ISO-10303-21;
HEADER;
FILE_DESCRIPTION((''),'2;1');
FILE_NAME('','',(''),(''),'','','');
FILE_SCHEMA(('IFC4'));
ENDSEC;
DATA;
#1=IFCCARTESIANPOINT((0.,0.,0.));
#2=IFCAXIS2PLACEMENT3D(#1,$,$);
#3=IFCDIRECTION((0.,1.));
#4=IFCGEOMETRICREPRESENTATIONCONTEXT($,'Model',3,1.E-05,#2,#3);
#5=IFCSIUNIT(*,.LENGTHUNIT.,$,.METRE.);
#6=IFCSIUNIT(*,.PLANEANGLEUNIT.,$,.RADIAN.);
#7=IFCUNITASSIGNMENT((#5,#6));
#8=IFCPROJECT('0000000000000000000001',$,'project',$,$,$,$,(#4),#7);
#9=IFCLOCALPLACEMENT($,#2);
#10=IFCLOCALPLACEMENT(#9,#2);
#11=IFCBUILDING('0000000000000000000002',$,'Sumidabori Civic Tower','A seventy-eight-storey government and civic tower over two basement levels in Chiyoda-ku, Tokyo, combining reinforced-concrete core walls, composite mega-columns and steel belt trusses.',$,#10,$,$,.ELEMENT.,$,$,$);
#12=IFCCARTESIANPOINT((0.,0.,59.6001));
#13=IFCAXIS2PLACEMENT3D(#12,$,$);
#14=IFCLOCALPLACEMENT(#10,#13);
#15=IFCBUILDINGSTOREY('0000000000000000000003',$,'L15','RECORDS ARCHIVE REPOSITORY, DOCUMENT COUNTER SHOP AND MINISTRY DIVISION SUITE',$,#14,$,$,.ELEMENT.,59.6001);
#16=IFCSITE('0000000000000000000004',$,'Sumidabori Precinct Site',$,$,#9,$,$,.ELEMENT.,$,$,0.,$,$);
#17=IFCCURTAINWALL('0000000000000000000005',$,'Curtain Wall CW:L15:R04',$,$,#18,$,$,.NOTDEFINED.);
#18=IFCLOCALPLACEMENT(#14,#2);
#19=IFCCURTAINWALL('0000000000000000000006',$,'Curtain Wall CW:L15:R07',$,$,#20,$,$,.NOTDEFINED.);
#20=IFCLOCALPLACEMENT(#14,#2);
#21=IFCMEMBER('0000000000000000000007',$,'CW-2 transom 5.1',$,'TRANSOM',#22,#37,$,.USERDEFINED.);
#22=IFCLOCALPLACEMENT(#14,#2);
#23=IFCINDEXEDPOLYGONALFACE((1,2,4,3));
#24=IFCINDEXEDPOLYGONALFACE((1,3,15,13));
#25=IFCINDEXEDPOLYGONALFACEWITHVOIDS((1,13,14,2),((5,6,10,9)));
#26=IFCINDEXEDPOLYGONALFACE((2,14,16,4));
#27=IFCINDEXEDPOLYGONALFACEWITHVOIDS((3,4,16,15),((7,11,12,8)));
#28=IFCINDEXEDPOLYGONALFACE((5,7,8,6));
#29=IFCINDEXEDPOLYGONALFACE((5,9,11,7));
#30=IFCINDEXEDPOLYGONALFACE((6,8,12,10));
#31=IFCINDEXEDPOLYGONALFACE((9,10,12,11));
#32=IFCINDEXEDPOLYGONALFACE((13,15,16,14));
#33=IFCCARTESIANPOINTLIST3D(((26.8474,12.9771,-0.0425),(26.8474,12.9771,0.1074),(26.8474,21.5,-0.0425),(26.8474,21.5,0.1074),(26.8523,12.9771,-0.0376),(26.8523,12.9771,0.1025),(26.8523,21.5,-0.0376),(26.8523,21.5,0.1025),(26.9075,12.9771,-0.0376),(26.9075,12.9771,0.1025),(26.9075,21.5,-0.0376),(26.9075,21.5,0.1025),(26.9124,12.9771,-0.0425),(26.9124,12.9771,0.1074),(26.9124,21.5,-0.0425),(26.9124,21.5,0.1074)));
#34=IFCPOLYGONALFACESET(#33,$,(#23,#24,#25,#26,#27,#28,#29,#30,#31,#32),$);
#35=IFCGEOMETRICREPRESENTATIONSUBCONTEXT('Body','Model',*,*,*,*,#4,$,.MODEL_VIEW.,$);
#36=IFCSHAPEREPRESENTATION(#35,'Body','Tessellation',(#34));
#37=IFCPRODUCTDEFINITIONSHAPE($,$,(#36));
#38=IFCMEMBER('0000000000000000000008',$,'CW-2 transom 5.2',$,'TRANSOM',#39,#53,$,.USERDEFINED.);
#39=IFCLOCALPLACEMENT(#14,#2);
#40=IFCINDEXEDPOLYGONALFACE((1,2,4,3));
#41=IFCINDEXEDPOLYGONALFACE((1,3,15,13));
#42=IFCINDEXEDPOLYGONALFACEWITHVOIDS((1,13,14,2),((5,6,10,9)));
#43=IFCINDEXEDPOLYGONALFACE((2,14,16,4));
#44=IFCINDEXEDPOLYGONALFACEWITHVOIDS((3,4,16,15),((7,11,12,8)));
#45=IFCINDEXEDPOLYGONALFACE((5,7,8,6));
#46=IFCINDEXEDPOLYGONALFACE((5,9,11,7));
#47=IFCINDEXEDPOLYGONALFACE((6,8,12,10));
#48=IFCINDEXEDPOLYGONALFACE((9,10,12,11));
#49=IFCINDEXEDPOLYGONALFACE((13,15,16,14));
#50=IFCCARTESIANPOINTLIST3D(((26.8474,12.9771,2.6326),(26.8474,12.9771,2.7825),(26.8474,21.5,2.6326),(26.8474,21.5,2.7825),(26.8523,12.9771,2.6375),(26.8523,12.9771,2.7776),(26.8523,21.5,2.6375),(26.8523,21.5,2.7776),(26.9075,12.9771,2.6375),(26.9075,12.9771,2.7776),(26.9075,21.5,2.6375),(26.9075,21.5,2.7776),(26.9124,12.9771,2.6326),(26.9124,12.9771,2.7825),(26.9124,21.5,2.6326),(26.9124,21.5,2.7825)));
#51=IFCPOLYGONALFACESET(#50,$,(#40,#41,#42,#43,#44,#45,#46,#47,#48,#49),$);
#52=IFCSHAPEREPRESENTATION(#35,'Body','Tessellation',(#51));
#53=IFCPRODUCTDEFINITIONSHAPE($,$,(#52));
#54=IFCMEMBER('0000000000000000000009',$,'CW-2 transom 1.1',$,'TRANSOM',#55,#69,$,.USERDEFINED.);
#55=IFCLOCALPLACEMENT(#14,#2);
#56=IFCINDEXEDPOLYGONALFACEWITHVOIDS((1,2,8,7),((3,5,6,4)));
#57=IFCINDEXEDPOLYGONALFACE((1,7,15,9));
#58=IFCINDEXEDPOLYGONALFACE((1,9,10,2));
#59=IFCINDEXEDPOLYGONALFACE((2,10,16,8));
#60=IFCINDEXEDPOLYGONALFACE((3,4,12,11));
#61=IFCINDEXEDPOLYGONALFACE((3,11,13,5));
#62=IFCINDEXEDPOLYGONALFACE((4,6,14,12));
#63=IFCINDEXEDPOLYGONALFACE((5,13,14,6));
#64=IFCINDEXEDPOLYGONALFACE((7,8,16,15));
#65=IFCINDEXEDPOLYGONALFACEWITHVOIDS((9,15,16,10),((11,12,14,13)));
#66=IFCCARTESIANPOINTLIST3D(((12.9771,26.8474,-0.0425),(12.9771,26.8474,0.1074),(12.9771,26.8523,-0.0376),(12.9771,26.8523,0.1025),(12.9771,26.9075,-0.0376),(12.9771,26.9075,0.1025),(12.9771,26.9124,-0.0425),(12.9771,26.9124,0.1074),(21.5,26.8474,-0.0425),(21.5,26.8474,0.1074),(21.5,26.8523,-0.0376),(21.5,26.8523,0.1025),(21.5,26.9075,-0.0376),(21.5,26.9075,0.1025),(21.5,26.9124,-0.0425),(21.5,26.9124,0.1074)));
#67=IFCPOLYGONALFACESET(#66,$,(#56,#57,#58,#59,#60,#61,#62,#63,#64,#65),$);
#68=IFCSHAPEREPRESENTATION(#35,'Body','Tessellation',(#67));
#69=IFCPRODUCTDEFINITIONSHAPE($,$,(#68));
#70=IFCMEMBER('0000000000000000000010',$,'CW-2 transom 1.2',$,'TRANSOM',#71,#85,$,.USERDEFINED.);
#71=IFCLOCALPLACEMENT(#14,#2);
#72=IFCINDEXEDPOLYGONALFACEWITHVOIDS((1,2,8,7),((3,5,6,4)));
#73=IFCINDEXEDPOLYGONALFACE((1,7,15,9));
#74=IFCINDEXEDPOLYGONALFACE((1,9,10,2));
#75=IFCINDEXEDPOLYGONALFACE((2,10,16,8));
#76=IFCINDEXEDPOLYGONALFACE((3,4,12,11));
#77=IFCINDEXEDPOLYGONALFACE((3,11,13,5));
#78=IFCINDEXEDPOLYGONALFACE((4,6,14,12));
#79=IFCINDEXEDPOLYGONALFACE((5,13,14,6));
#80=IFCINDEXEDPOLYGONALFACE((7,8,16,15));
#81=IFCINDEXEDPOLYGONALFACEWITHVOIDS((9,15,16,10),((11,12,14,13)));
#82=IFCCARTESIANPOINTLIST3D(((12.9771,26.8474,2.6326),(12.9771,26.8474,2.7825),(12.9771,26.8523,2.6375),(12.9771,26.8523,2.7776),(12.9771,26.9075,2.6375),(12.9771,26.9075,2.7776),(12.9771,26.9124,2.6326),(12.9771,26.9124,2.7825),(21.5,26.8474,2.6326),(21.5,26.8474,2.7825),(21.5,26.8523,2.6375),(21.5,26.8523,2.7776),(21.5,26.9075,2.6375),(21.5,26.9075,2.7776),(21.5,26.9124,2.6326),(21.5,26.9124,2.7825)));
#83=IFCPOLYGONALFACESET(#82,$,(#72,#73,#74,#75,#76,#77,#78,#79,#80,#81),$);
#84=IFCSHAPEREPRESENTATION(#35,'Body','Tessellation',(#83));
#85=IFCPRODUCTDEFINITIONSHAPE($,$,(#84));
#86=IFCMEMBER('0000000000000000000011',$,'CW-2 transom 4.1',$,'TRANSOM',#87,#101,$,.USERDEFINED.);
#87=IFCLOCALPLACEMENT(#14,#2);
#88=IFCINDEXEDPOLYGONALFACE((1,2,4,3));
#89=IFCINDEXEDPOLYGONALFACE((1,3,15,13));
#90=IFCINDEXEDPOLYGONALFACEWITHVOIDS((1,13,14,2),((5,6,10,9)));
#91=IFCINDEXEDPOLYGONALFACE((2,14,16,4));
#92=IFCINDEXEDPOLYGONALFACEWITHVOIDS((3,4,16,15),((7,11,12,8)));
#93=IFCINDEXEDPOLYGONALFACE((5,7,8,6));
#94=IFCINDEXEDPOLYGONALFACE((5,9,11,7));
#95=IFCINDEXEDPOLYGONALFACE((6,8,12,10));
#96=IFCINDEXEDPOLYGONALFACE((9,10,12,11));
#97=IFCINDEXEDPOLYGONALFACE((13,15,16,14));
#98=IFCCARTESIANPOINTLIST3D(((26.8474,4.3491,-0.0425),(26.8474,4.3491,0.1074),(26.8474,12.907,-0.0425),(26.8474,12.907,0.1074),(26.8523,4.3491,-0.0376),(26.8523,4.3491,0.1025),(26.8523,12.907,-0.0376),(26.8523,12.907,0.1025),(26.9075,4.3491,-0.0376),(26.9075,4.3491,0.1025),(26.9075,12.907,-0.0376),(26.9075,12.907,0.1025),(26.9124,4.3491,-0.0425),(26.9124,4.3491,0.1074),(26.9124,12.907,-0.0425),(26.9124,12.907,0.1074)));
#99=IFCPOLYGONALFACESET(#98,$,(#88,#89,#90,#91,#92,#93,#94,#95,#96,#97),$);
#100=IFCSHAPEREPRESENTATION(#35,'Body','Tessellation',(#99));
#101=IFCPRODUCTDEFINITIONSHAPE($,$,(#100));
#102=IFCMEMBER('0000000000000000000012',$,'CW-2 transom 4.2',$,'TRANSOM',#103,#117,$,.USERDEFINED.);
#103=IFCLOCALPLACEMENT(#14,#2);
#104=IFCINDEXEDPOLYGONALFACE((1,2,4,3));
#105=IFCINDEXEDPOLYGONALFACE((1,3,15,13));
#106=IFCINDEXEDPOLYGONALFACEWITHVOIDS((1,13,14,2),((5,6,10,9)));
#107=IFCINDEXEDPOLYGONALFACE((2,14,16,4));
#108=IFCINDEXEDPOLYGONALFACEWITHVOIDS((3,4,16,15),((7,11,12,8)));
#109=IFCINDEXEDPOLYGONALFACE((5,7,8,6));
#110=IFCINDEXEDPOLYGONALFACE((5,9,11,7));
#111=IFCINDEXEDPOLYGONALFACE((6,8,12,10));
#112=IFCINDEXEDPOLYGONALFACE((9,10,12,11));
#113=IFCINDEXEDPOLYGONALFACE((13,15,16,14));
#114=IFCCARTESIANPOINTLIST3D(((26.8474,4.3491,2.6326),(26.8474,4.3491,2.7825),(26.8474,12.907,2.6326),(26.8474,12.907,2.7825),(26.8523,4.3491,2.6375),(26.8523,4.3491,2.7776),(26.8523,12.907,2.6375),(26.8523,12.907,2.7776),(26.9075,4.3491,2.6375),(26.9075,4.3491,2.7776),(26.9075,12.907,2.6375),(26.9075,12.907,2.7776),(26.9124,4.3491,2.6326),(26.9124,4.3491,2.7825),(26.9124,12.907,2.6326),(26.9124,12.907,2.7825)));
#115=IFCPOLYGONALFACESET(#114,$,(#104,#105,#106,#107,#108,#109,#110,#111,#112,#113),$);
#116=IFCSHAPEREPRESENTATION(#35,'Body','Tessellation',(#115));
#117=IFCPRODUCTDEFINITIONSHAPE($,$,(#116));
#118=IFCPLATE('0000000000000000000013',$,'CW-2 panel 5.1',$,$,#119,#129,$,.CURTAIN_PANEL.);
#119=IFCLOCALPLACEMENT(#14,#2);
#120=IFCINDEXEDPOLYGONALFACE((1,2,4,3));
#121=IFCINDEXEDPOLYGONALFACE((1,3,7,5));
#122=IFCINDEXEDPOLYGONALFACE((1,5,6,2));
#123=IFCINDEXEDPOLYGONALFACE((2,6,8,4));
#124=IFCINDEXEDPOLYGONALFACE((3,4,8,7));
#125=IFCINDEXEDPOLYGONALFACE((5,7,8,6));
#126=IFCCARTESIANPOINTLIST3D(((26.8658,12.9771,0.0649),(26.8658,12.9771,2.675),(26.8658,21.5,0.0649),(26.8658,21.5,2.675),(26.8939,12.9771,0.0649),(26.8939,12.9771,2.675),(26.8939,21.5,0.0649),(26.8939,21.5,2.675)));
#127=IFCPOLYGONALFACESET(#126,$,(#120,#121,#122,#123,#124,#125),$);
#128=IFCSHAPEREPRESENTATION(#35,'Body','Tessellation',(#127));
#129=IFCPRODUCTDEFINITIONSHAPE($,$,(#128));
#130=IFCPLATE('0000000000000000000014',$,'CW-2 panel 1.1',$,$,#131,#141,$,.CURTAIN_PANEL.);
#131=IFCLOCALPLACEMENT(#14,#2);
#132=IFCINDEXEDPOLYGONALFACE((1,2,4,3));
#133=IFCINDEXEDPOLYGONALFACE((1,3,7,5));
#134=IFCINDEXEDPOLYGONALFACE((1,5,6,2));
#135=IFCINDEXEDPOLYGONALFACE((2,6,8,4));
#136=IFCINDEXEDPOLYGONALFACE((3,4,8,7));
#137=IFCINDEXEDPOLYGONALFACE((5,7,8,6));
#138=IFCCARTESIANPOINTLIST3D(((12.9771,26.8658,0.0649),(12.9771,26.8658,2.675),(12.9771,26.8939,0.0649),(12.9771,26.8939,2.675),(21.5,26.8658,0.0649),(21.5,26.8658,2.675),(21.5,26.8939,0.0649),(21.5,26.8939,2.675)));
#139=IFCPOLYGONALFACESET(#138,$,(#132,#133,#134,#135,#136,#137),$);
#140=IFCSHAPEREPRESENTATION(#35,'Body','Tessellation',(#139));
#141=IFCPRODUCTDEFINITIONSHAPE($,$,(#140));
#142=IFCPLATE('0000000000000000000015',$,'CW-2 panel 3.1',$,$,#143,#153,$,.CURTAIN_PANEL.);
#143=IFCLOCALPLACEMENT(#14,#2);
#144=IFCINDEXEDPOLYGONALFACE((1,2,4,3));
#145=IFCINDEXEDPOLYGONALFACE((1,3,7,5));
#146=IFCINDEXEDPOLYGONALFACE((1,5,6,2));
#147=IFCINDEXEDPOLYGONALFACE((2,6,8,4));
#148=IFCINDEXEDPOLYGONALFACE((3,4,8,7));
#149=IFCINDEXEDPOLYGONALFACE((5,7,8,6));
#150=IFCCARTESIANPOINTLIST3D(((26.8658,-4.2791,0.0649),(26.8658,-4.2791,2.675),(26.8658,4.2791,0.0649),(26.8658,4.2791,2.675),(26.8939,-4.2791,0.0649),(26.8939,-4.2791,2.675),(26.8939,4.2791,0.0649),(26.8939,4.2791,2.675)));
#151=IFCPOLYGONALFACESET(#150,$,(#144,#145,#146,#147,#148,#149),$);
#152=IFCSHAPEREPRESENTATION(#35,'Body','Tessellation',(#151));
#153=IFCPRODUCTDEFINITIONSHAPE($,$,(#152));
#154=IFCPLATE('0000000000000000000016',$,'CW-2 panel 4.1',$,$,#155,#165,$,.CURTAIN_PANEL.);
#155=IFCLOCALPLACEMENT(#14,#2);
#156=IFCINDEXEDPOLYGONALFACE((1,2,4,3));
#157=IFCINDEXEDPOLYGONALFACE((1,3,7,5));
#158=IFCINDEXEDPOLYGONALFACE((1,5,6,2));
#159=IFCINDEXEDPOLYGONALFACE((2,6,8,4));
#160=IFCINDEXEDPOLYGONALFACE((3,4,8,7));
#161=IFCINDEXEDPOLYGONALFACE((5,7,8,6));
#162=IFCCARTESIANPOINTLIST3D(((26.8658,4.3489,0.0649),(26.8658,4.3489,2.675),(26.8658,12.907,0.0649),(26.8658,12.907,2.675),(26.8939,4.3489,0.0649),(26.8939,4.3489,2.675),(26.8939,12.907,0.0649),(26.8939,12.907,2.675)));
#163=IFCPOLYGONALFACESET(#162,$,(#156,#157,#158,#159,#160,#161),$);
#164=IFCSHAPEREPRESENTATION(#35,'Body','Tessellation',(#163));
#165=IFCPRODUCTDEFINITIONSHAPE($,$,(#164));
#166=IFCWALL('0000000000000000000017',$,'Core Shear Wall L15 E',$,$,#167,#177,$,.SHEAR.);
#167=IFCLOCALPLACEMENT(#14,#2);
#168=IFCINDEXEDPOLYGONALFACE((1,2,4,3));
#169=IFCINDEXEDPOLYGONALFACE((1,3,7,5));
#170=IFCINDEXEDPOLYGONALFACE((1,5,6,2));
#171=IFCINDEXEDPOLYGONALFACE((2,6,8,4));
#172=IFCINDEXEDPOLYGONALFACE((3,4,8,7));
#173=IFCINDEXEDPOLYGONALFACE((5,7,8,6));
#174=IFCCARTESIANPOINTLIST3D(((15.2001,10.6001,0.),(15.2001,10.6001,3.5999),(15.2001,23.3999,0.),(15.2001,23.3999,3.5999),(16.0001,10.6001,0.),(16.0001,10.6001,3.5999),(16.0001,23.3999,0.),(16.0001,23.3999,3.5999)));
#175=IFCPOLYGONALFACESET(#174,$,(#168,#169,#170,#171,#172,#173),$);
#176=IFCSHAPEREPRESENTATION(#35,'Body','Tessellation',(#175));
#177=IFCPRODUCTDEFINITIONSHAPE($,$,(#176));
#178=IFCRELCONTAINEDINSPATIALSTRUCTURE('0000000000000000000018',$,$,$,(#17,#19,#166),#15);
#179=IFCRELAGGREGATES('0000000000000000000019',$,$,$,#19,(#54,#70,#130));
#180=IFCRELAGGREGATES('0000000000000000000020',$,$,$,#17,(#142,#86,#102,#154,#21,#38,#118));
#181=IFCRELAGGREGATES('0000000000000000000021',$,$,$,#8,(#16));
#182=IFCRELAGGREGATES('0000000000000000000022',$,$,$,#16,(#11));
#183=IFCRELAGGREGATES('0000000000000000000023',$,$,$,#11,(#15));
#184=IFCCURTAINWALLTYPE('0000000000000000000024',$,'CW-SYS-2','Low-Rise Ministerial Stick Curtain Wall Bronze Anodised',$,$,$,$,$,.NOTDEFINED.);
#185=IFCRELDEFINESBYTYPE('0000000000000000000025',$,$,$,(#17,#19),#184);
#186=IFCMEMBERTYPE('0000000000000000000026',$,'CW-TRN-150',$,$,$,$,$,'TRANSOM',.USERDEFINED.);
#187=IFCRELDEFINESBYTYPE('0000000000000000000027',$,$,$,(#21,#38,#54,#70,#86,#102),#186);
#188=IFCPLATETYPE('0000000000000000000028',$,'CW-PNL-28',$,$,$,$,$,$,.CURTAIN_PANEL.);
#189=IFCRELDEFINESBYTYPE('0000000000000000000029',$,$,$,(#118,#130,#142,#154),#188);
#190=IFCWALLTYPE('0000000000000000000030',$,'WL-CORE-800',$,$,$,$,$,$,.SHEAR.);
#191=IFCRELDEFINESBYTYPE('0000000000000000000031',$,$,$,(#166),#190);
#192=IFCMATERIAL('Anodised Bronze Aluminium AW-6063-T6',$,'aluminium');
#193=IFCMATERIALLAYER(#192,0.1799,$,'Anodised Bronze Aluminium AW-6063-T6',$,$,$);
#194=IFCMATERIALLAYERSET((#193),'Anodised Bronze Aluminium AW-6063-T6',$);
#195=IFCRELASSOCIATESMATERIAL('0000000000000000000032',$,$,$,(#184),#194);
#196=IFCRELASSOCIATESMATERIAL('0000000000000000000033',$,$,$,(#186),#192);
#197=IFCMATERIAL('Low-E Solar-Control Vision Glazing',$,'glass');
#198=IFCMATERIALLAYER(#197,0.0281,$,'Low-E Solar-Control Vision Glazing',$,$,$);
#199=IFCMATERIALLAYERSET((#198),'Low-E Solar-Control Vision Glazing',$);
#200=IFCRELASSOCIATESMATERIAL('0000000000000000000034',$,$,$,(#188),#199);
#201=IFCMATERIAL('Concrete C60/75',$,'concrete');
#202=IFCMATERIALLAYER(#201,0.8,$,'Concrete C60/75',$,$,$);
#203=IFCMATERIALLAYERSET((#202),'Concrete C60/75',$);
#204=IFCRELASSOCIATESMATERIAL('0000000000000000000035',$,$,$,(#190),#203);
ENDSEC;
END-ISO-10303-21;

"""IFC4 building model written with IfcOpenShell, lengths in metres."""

from ifc_helpers import new_model, si_unit, direction, frame, frame_2d, origin, origin_2d, place, context, subcontext, project, spatial, rectangle, hollow_rectangle, extrude, source, transform, mapped, material, layer, layer_set, material_profile, profile_set, type_object, element, aggregate, save


model = new_model("IFC4")

# Units and contexts
model_context = context("Model", 3, precision=1e-05, world=origin(), true_north=direction((0.0, 1.0)))
body_context = subcontext(model_context, "Body", "Model", "MODEL_VIEW")
ifc_project = project(units=[si_unit("LENGTHUNIT", "METRE"), si_unit("PLANEANGLEUNIT", "RADIAN")], contexts=[model_context])

# Site, building, storey
site_placement = place(None, origin())
site = spatial("IfcSite", under=ifc_project, at=site_placement, Name="Sumidabori Precinct Site", CompositionType="ELEMENT", RefElevation=0.0)
building_placement = place(site_placement, origin())
building = spatial("IfcBuilding", under=site, at=building_placement, Name="Sumidabori Civic Tower", Description="A seventy-eight-storey government and civic tower over two basement levels in Chiyoda-ku, Tokyo, combining reinforced-concrete core walls, composite mega-columns and steel belt trusses.", CompositionType="ELEMENT")
storey_placement = place(building_placement, frame((0.0, 0.0, 59.6001)))
storey = spatial("IfcBuildingStorey", under=building, at=storey_placement, Name="L15", Description="RECORDS ARCHIVE REPOSITORY, DOCUMENT COUNTER SHOP AND MINISTRY DIVISION SUITE", CompositionType="ELEMENT", Elevation=59.6001)

# Shared definitions
ifc_material_1 = material(Name="Concrete C60/75", Category="concrete")

# Curtain wall
ifc_material_2 = material(Name="Anodised Bronze Aluminium AW-6063-T6", Category="aluminium")
ifc_layer_1 = layer(ifc_material_2, 0.1799, Name="Anodised Bronze Aluminium AW-6063-T6")
ifc_layer_set_1 = layer_set([ifc_layer_1], Name="Anodised Bronze Aluminium AW-6063-T6")
curtain_wall_type = type_object("IfcCurtainWallType", Name="CW-SYS-2", Description="Low-Rise Ministerial Stick Curtain Wall Bronze Anodised", PredefinedType="NOTDEFINED", material=ifc_layer_set_1)
curtain_wall_1_placement = place(storey_placement, origin())
curtain_wall_1 = element("IfcCurtainWall", 1, at=curtain_wall_1_placement, inside=storey, type_object=curtain_wall_type, Name="Curtain Wall CW:L15:R04", PredefinedType="NOTDEFINED")

# Curtain wall
curtain_wall_2_placement = place(storey_placement, origin())
curtain_wall_2 = element("IfcCurtainWall", 2, at=curtain_wall_2_placement, inside=storey, type_object=curtain_wall_type, Name="Curtain Wall CW:L15:R07", PredefinedType="NOTDEFINED")

# Members
ifc_material_profile_1 = material_profile(ifc_material_2, hollow_rectangle(XDim=0.0649, YDim=0.1499, WallThickness=0.0049, at=origin_2d()), Name="ALU TRANSOM 150x65")
ifc_profile_set_1 = profile_set([ifc_material_profile_1], Name="Anodised Bronze Aluminium AW-6063-T6")
member_type_1 = type_object("IfcMemberType", Name="CW-TRN-150", ElementType="TRANSOM", PredefinedType="USERDEFINED", material=ifc_profile_set_1)
shared_shape_1 = source(origin(), body_context, "Body", "SweptSolid", [
    extrude(hollow_rectangle(XDim=0.0649, YDim=0.1499, WallThickness=0.0049, at=origin_2d()), origin(), (0.0, 0.0, 1.0), 8.5229),
])
member_1_placement = place(storey_placement, frame((26.8799, 12.9771, 0.0325), z_axis=(0.0, 1.0, 0.0), x_axis=(-1.0, 0.0, 0.0)))
member_1 = element("IfcMember", 3, at=member_1_placement, type_object=member_type_1, Name="CW-2 transom 5.1", ObjectType="TRANSOM", PredefinedType="USERDEFINED", context=body_context, shape_type="MappedRepresentation", body=[
    mapped(shared_shape_1, transform((0.0, 0.0, 0.0), x_axis=(1.0, 0.0, 0.0), y_axis=(0.0, 1.0, 0.0), z_axis=(0.0, 0.0, 1.0), scale=1.0)),
])
member_2_placement = place(storey_placement, frame((26.8799, 12.9771, 2.7075), z_axis=(0.0, 1.0, 0.0), x_axis=(-1.0, 0.0, 0.0)))
member_2 = element("IfcMember", 4, at=member_2_placement, type_object=member_type_1, Name="CW-2 transom 5.2", ObjectType="TRANSOM", PredefinedType="USERDEFINED", context=body_context, shape_type="MappedRepresentation", body=[
    mapped(shared_shape_1, transform((0.0, 0.0, 0.0), x_axis=(1.0, 0.0, 0.0), y_axis=(0.0, 1.0, 0.0), z_axis=(0.0, 0.0, 1.0), scale=1.0)),
])
member_3_placement = place(storey_placement, frame((21.5, 26.8799, 0.0325), z_axis=(-1.0, 0.0, 0.0), x_axis=(0.0, -1.0, 0.0)))
member_3 = element("IfcMember", 5, at=member_3_placement, type_object=member_type_1, Name="CW-2 transom 1.1", ObjectType="TRANSOM", PredefinedType="USERDEFINED", context=body_context, shape_type="MappedRepresentation", body=[
    mapped(shared_shape_1, transform((0.0, 0.0, 0.0), x_axis=(1.0, 0.0, 0.0), y_axis=(0.0, 1.0, 0.0), z_axis=(0.0, 0.0, 1.0), scale=1.0)),
])
member_4_placement = place(storey_placement, frame((21.5, 26.8799, 2.7075), z_axis=(-1.0, 0.0, 0.0), x_axis=(0.0, -1.0, 0.0)))
member_4 = element("IfcMember", 6, at=member_4_placement, type_object=member_type_1, Name="CW-2 transom 1.2", ObjectType="TRANSOM", PredefinedType="USERDEFINED", context=body_context, shape_type="MappedRepresentation", body=[
    mapped(shared_shape_1, transform((0.0, 0.0, 0.0), x_axis=(1.0, 0.0, 0.0), y_axis=(0.0, 1.0, 0.0), z_axis=(0.0, 0.0, 1.0), scale=1.0)),
])
shared_shape_2 = source(origin(), body_context, "Body", "SweptSolid", [
    extrude(hollow_rectangle(XDim=0.0649, YDim=0.1499, WallThickness=0.0049, at=origin_2d()), origin(), (0.0, 0.0, 1.0), 8.5579),
])
member_5_placement = place(storey_placement, frame((26.8799, 4.3491, 0.0325), z_axis=(0.0, 1.0, 0.0), x_axis=(-1.0, 0.0, 0.0)))
member_5 = element("IfcMember", 7, at=member_5_placement, type_object=member_type_1, Name="CW-2 transom 4.1", ObjectType="TRANSOM", PredefinedType="USERDEFINED", context=body_context, shape_type="MappedRepresentation", body=[
    mapped(shared_shape_2, transform((0.0, 0.0, 0.0), x_axis=(1.0, 0.0, 0.0), y_axis=(0.0, 1.0, 0.0), z_axis=(0.0, 0.0, 1.0), scale=1.0)),
])
member_6_placement = place(storey_placement, frame((26.8799, 4.3491, 2.7075), z_axis=(0.0, 1.0, 0.0), x_axis=(-1.0, 0.0, 0.0)))
member_6 = element("IfcMember", 8, at=member_6_placement, type_object=member_type_1, Name="CW-2 transom 4.2", ObjectType="TRANSOM", PredefinedType="USERDEFINED", context=body_context, shape_type="MappedRepresentation", body=[
    mapped(shared_shape_2, transform((0.0, 0.0, 0.0), x_axis=(1.0, 0.0, 0.0), y_axis=(0.0, 1.0, 0.0), z_axis=(0.0, 0.0, 1.0), scale=1.0)),
])

# Plates
ifc_material_3 = material(Name="Low-E Solar-Control Vision Glazing", Category="glass")
ifc_layer_2 = layer(ifc_material_3, 0.0281, Name="Low-E Solar-Control Vision Glazing")
ifc_layer_set_2 = layer_set([ifc_layer_2], Name="Low-E Solar-Control Vision Glazing")
plate_type = type_object("IfcPlateType", Name="CW-PNL-28", PredefinedType="CURTAIN_PANEL", material=ifc_layer_set_2)
shared_shape_3 = source(origin(), body_context, "Body", "SweptSolid", [
    extrude(rectangle(XDim=8.5229, YDim=0.0281, at=origin_2d()), origin(), (0.0, 0.0, 1.0), 2.6101),
])
plate_1_placement = place(storey_placement, frame((26.8799, 17.2385, 0.0649), z_axis=(0.0, 0.0, 1.0), x_axis=(0.0, 1.0, 0.0)))
plate_1 = element("IfcPlate", 9, at=plate_1_placement, type_object=plate_type, Name="CW-2 panel 5.1", PredefinedType="CURTAIN_PANEL", context=body_context, shape_type="MappedRepresentation", body=[
    mapped(shared_shape_3, transform((0.0, 0.0, 0.0), x_axis=(1.0, 0.0, 0.0), y_axis=(0.0, 1.0, 0.0), z_axis=(0.0, 0.0, 1.0), scale=1.0)),
])
plate_2_placement = place(storey_placement, frame((17.2385, 26.8799, 0.0649), z_axis=(0.0, 0.0, 1.0), x_axis=(-1.0, 0.0, 0.0)))
plate_2 = element("IfcPlate", 10, at=plate_2_placement, type_object=plate_type, Name="CW-2 panel 1.1", PredefinedType="CURTAIN_PANEL", context=body_context, shape_type="MappedRepresentation", body=[
    mapped(shared_shape_3, transform((0.0, 0.0, 0.0), x_axis=(1.0, 0.0, 0.0), y_axis=(0.0, 1.0, 0.0), z_axis=(0.0, 0.0, 1.0), scale=1.0)),
])
aggregate(curtain_wall_2, [member_3, member_4, plate_2])
shared_shape_4 = source(origin(), body_context, "Body", "SweptSolid", [
    extrude(rectangle(XDim=8.5581, YDim=0.0281, at=origin_2d()), origin(), (0.0, 0.0, 1.0), 2.6101),
])
plate_3_placement = place(storey_placement, frame((26.8799, 0.0, 0.0649), z_axis=(0.0, 0.0, 1.0), x_axis=(0.0, 1.0, 0.0)))
plate_3 = element("IfcPlate", 11, at=plate_3_placement, type_object=plate_type, Name="CW-2 panel 3.1", PredefinedType="CURTAIN_PANEL", context=body_context, shape_type="MappedRepresentation", body=[
    mapped(shared_shape_4, transform((0.0, 0.0, 0.0), x_axis=(1.0, 0.0, 0.0), y_axis=(0.0, 1.0, 0.0), z_axis=(0.0, 0.0, 1.0), scale=1.0)),
])
plate_4_placement = place(storey_placement, frame((26.8799, 8.6279, 0.0649), z_axis=(0.0, 0.0, 1.0), x_axis=(0.0, 1.0, 0.0)))
plate_4 = element("IfcPlate", 12, at=plate_4_placement, type_object=plate_type, Name="CW-2 panel 4.1", PredefinedType="CURTAIN_PANEL", context=body_context, shape_type="MappedRepresentation", body=[
    mapped(shared_shape_4, transform((0.0, 0.0, 0.0), x_axis=(1.0, 0.0, 0.0), y_axis=(0.0, 1.0, 0.0), z_axis=(0.0, 0.0, 1.0), scale=1.0)),
])
aggregate(curtain_wall_1, [plate_3, member_5, member_6, plate_4, member_1, member_2, plate_1])

# Wall
ifc_layer_3 = layer(ifc_material_1, 0.8, Name="Concrete C60/75")
ifc_layer_set_3 = layer_set([ifc_layer_3], Name="Concrete C60/75")
wall_type_1 = type_object("IfcWallType", Name="WL-CORE-800", PredefinedType="SHEAR", material=ifc_layer_set_3)
shared_shape_5 = source(origin(), body_context, "Body", "SweptSolid", [
    extrude(rectangle(XDim=12.7998, YDim=0.8, at=frame_2d((6.3999, 0.0))), origin(), (0.0, 0.0, 1.0), 3.5999),
])
wall_1_placement = place(storey_placement, frame((15.6001, 10.6001, 0.0), z_axis=(0.0, 0.0, 1.0), x_axis=(0.0, 1.0, 0.0)))
element("IfcWall", 13, at=wall_1_placement, inside=storey, type_object=wall_type_1, Name="Core Shear Wall L15 E", PredefinedType="SHEAR", context=body_context, shape_type="MappedRepresentation", body=[
    mapped(shared_shape_5, transform((0.0, 0.0, 0.0), x_axis=(1.0, 0.0, 0.0), y_axis=(0.0, 1.0, 0.0), z_axis=(0.0, 0.0, 1.0), scale=1.0)),
])

save(model, "model.ifc")
